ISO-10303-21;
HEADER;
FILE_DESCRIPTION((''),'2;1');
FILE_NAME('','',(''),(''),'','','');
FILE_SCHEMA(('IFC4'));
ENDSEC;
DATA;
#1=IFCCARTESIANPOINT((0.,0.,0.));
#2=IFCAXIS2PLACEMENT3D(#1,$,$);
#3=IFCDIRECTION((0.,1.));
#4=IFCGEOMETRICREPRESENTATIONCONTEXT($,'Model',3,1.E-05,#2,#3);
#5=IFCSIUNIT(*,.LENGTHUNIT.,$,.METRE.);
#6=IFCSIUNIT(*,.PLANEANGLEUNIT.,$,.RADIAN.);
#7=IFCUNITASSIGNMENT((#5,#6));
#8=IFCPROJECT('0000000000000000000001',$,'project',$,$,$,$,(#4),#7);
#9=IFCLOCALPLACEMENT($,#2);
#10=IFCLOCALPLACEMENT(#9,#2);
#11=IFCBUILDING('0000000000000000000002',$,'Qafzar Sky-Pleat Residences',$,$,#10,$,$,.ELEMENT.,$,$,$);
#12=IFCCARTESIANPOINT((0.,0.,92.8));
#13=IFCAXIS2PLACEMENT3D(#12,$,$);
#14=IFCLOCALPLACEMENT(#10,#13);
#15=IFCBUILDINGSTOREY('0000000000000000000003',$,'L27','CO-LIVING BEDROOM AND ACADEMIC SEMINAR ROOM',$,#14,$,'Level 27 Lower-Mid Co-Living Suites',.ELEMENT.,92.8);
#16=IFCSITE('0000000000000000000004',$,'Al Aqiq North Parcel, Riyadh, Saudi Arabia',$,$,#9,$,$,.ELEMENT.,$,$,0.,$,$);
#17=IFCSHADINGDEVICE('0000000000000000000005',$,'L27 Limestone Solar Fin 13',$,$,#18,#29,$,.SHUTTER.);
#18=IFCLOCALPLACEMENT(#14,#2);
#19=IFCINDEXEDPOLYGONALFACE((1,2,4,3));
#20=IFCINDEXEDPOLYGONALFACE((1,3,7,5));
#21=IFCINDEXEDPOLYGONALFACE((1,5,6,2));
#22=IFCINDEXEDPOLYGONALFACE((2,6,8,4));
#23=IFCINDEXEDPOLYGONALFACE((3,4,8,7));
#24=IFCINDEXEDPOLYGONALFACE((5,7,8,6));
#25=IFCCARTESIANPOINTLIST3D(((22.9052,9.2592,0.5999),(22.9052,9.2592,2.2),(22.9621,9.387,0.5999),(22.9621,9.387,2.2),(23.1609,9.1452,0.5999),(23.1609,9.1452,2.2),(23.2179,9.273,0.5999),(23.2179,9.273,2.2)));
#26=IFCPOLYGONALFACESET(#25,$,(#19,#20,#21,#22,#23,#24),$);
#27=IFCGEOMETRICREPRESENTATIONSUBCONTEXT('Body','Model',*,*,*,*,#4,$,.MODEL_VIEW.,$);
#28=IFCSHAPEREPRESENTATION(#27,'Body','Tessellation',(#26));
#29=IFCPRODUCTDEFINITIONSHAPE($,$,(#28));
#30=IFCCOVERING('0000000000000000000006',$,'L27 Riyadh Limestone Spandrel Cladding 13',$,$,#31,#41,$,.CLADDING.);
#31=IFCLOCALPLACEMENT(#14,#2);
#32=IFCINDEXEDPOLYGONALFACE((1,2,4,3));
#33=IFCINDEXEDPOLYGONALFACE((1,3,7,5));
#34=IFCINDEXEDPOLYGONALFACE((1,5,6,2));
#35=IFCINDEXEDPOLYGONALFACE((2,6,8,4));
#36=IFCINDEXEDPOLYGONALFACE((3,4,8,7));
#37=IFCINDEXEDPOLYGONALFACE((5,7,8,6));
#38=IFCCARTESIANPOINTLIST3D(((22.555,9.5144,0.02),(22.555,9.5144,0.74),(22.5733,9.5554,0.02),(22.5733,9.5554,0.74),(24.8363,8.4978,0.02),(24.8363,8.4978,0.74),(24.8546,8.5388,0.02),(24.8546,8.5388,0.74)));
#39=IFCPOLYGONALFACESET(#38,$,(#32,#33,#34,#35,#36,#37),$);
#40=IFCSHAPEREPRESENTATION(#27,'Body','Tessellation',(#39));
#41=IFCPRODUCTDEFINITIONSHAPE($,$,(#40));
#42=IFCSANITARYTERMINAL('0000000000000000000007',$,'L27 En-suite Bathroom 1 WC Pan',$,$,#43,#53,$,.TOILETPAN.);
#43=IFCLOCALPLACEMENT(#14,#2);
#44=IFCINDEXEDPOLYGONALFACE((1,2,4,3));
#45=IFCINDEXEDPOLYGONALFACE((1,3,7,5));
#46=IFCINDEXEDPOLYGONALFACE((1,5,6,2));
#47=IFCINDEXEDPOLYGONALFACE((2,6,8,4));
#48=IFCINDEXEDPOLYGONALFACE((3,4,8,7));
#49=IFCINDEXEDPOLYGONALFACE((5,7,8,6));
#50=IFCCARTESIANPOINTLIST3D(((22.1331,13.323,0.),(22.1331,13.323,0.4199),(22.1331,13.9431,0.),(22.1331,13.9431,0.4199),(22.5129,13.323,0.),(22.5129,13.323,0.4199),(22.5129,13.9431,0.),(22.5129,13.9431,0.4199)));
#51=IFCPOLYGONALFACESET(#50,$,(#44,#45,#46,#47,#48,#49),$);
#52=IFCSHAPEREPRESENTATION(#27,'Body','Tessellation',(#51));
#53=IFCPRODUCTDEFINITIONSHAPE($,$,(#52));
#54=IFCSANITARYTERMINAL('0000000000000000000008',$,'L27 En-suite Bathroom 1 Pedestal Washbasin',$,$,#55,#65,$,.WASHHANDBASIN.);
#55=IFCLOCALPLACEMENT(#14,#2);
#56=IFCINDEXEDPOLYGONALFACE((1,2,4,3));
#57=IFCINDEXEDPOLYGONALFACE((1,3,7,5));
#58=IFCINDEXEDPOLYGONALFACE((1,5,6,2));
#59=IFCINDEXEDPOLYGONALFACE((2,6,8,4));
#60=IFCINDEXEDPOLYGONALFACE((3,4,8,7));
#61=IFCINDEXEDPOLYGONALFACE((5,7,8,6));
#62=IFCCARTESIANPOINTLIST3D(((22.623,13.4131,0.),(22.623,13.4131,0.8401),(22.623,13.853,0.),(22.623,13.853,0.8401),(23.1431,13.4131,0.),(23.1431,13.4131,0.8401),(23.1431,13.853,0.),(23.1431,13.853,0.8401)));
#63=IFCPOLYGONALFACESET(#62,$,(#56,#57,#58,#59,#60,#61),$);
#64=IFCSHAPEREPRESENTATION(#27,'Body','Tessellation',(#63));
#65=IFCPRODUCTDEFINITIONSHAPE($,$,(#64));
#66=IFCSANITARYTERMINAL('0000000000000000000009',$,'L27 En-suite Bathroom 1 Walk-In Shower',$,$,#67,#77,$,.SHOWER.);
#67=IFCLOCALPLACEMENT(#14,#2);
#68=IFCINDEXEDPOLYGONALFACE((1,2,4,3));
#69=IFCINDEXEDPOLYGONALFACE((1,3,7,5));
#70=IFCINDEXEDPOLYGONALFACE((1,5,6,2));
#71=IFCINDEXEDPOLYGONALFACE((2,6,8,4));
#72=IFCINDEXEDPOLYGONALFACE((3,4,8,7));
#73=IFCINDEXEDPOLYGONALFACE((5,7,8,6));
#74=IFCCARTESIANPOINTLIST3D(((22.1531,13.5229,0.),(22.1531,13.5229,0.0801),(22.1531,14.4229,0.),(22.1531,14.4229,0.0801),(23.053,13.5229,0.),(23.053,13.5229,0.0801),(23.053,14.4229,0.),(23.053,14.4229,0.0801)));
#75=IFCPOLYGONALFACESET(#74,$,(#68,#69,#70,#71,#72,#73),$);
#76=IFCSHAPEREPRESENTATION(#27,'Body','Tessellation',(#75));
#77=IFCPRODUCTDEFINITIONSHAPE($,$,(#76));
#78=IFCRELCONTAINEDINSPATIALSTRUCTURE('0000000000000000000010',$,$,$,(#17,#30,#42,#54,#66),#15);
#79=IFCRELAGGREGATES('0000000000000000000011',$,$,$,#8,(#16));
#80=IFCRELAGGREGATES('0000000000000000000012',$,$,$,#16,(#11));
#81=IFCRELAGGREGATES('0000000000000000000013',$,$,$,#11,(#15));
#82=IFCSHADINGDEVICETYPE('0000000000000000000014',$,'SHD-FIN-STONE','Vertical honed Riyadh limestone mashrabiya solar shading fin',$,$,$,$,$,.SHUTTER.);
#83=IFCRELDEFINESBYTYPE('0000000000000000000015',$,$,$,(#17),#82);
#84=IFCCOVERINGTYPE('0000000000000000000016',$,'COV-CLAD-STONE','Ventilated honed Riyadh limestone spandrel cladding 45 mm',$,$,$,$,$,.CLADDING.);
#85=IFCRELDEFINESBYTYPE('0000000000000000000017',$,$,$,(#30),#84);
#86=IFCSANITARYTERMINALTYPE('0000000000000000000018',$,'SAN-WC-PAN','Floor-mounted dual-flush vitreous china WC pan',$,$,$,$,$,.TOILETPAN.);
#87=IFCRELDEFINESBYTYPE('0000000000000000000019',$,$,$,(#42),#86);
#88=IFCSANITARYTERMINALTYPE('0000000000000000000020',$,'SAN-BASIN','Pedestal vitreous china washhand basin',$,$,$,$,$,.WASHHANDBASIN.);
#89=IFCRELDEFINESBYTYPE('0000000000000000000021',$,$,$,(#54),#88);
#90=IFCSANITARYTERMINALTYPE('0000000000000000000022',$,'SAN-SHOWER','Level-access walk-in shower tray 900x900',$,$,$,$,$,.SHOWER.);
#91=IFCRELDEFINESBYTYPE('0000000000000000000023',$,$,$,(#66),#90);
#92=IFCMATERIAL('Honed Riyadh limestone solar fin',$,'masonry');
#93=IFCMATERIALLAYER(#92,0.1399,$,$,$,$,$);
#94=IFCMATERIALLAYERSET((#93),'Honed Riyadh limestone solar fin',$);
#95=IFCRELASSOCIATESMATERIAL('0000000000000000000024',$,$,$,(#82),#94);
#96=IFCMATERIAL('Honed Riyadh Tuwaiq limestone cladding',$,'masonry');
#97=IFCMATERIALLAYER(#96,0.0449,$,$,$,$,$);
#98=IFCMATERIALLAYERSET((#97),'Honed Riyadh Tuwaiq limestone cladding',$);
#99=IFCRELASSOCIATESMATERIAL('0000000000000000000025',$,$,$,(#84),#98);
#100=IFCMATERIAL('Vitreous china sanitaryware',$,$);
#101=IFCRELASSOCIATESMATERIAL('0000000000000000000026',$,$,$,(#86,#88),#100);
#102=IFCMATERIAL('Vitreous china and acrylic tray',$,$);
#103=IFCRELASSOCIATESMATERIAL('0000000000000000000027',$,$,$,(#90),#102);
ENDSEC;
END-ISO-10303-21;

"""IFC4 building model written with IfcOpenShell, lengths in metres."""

from ifc_helpers import new_model, si_unit, direction, frame, origin, origin_2d, place, context, subcontext, project, spatial, rectangle, extrude, source, transform, mapped, material, layer, layer_set, type_object, element, save


model = new_model("IFC4")

# Units and contexts
model_context = context("Model", 3, precision=1e-05, world=origin(), true_north=direction((0.0, 1.0)))
body_context = subcontext(model_context, "Body", "Model", "MODEL_VIEW")
ifc_project = project(units=[si_unit("LENGTHUNIT", "METRE"), si_unit("PLANEANGLEUNIT", "RADIAN")], contexts=[model_context])

# Site, building, storey
site_placement = place(None, origin())
site = spatial("IfcSite", under=ifc_project, at=site_placement, Name="Al Aqiq North Parcel, Riyadh, Saudi Arabia", CompositionType="ELEMENT", RefElevation=0.0)
building_placement = place(site_placement, origin())
building = spatial("IfcBuilding", under=site, at=building_placement, Name="Qafzar Sky-Pleat Residences", CompositionType="ELEMENT")
storey_placement = place(building_placement, frame((0.0, 0.0, 92.8)))
storey = spatial("IfcBuildingStorey", under=building, at=storey_placement, Name="L27", Description="CO-LIVING BEDROOM AND ACADEMIC SEMINAR ROOM", LongName="Level 27 Lower-Mid Co-Living Suites", CompositionType="ELEMENT", Elevation=92.8)

# Shading device
ifc_material_1 = material(Name="Honed Riyadh limestone solar fin", Category="masonry")
ifc_layer_1 = layer(ifc_material_1, 0.1399)
ifc_layer_set_1 = layer_set([ifc_layer_1], Name="Honed Riyadh limestone solar fin")
shading_device_type = type_object("IfcShadingDeviceType", Name="SHD-FIN-STONE", Description="Vertical honed Riyadh limestone mashrabiya solar shading fin", PredefinedType="SHUTTER", material=ifc_layer_set_1)
shared_shape_1 = source(origin(), body_context, "Body", "SweptSolid", [
    extrude(rectangle(XDim=0.1399, YDim=0.28, at=origin_2d()), origin(), (0.0, 0.0, 1.0), 1.6001),
])
shading_device_placement = place(storey_placement, frame((23.0615, 9.2661, 0.5999), z_axis=(0.0, 0.0, 1.0), x_axis=(-0.407014, -0.913422, 0.0)))
element("IfcShadingDevice", 1, at=shading_device_placement, inside=storey, type_object=shading_device_type, Name="L27 Limestone Solar Fin 13", PredefinedType="SHUTTER", context=body_context, shape_type="MappedRepresentation", body=[
    mapped(shared_shape_1, transform((0.0, 0.0, 0.0), x_axis=(1.0, 0.0, 0.0), y_axis=(0.0, 1.0, 0.0), z_axis=(0.0, 0.0, 1.0), scale=1.0)),
])

# Covering
ifc_material_2 = material(Name="Honed Riyadh Tuwaiq limestone cladding", Category="masonry")
ifc_layer_2 = layer(ifc_material_2, 0.0449)
ifc_layer_set_2 = layer_set([ifc_layer_2], Name="Honed Riyadh Tuwaiq limestone cladding")
covering_type = type_object("IfcCoveringType", Name="COV-CLAD-STONE", Description="Ventilated honed Riyadh limestone spandrel cladding 45 mm", PredefinedType="CLADDING", material=ifc_layer_set_2)
shared_shape_2 = source(origin(), body_context, "Body", "SweptSolid", [
    extrude(rectangle(XDim=2.4976, YDim=0.0449, at=origin_2d()), origin(), (0.0, 0.0, 1.0), 0.72),
])
covering_placement = place(storey_placement, frame((23.7048, 9.0266, 0.02), z_axis=(0.0, 0.0, 1.0), x_axis=(0.913414, -0.407031, 0.0)))
element("IfcCovering", 2, at=covering_placement, inside=storey, type_object=covering_type, Name="L27 Riyadh Limestone Spandrel Cladding 13", PredefinedType="CLADDING", context=body_context, shape_type="MappedRepresentation", body=[
    mapped(shared_shape_2, transform((0.0, 0.0, 0.0), x_axis=(1.0, 0.0, 0.0), y_axis=(0.0, 1.0, 0.0), z_axis=(0.0, 0.0, 1.0), scale=1.0)),
])

# Sanitary terminals
ifc_material_3 = material(Name="Vitreous china sanitaryware")
sanitary_terminal_type_1 = type_object("IfcSanitaryTerminalType", Name="SAN-WC-PAN", Description="Floor-mounted dual-flush vitreous china WC pan", PredefinedType="TOILETPAN", material=ifc_material_3)
shared_shape_3 = source(origin(), body_context, "Body", "SweptSolid", [
    extrude(rectangle(XDim=0.3799, YDim=0.6201, at=origin_2d()), origin(), (0.0, 0.0, 1.0), 0.4199),
])
sanitary_terminal_1_placement = place(storey_placement, frame((22.323, 13.6331, 0.0), z_axis=(0.0, 0.0, 1.0), x_axis=(1.0, 0.0, 0.0)))
element("IfcSanitaryTerminal", 3, at=sanitary_terminal_1_placement, inside=storey, type_object=sanitary_terminal_type_1, Name="L27 En-suite Bathroom 1 WC Pan", PredefinedType="TOILETPAN", context=body_context, shape_type="MappedRepresentation", body=[
    mapped(shared_shape_3, transform((0.0, 0.0, 0.0), x_axis=(1.0, 0.0, 0.0), y_axis=(0.0, 1.0, 0.0), z_axis=(0.0, 0.0, 1.0), scale=1.0)),
])
sanitary_terminal_type_2 = type_object("IfcSanitaryTerminalType", Name="SAN-BASIN", Description="Pedestal vitreous china washhand basin", PredefinedType="WASHHANDBASIN", material=ifc_material_3)
shared_shape_4 = source(origin(), body_context, "Body", "SweptSolid", [
    extrude(rectangle(XDim=0.52, YDim=0.4399, at=origin_2d()), origin(), (0.0, 0.0, 1.0), 0.8401),
])
sanitary_terminal_2_placement = place(storey_placement, frame((22.8831, 13.6331, 0.0), z_axis=(0.0, 0.0, 1.0), x_axis=(1.0, 0.0, 0.0)))
element("IfcSanitaryTerminal", 4, at=sanitary_terminal_2_placement, inside=storey, type_object=sanitary_terminal_type_2, Name="L27 En-suite Bathroom 1 Pedestal Washbasin", PredefinedType="WASHHANDBASIN", context=body_context, shape_type="MappedRepresentation", body=[
    mapped(shared_shape_4, transform((0.0, 0.0, 0.0), x_axis=(1.0, 0.0, 0.0), y_axis=(0.0, 1.0, 0.0), z_axis=(0.0, 0.0, 1.0), scale=1.0)),
])
ifc_material_4 = material(Name="Vitreous china and acrylic tray")
sanitary_terminal_type_3 = type_object("IfcSanitaryTerminalType", Name="SAN-SHOWER", Description="Level-access walk-in shower tray 900x900", PredefinedType="SHOWER", material=ifc_material_4)
shared_shape_5 = source(origin(), body_context, "Body", "SweptSolid", [
    extrude(rectangle(XDim=0.8999, YDim=0.8999, at=origin_2d()), origin(), (0.0, 0.0, 1.0), 0.0801),
])
sanitary_terminal_3_placement = place(storey_placement, frame((22.603, 13.9729, 0.0), z_axis=(0.0, 0.0, 1.0), x_axis=(1.0, 0.0, 0.0)))
element("IfcSanitaryTerminal", 5, at=sanitary_terminal_3_placement, inside=storey, type_object=sanitary_terminal_type_3, Name="L27 En-suite Bathroom 1 Walk-In Shower", PredefinedType="SHOWER", context=body_context, shape_type="MappedRepresentation", body=[
    mapped(shared_shape_5, transform((0.0, 0.0, 0.0), x_axis=(1.0, 0.0, 0.0), y_axis=(0.0, 1.0, 0.0), z_axis=(0.0, 0.0, 1.0), scale=1.0)),
])

save(model, "model.ifc")
